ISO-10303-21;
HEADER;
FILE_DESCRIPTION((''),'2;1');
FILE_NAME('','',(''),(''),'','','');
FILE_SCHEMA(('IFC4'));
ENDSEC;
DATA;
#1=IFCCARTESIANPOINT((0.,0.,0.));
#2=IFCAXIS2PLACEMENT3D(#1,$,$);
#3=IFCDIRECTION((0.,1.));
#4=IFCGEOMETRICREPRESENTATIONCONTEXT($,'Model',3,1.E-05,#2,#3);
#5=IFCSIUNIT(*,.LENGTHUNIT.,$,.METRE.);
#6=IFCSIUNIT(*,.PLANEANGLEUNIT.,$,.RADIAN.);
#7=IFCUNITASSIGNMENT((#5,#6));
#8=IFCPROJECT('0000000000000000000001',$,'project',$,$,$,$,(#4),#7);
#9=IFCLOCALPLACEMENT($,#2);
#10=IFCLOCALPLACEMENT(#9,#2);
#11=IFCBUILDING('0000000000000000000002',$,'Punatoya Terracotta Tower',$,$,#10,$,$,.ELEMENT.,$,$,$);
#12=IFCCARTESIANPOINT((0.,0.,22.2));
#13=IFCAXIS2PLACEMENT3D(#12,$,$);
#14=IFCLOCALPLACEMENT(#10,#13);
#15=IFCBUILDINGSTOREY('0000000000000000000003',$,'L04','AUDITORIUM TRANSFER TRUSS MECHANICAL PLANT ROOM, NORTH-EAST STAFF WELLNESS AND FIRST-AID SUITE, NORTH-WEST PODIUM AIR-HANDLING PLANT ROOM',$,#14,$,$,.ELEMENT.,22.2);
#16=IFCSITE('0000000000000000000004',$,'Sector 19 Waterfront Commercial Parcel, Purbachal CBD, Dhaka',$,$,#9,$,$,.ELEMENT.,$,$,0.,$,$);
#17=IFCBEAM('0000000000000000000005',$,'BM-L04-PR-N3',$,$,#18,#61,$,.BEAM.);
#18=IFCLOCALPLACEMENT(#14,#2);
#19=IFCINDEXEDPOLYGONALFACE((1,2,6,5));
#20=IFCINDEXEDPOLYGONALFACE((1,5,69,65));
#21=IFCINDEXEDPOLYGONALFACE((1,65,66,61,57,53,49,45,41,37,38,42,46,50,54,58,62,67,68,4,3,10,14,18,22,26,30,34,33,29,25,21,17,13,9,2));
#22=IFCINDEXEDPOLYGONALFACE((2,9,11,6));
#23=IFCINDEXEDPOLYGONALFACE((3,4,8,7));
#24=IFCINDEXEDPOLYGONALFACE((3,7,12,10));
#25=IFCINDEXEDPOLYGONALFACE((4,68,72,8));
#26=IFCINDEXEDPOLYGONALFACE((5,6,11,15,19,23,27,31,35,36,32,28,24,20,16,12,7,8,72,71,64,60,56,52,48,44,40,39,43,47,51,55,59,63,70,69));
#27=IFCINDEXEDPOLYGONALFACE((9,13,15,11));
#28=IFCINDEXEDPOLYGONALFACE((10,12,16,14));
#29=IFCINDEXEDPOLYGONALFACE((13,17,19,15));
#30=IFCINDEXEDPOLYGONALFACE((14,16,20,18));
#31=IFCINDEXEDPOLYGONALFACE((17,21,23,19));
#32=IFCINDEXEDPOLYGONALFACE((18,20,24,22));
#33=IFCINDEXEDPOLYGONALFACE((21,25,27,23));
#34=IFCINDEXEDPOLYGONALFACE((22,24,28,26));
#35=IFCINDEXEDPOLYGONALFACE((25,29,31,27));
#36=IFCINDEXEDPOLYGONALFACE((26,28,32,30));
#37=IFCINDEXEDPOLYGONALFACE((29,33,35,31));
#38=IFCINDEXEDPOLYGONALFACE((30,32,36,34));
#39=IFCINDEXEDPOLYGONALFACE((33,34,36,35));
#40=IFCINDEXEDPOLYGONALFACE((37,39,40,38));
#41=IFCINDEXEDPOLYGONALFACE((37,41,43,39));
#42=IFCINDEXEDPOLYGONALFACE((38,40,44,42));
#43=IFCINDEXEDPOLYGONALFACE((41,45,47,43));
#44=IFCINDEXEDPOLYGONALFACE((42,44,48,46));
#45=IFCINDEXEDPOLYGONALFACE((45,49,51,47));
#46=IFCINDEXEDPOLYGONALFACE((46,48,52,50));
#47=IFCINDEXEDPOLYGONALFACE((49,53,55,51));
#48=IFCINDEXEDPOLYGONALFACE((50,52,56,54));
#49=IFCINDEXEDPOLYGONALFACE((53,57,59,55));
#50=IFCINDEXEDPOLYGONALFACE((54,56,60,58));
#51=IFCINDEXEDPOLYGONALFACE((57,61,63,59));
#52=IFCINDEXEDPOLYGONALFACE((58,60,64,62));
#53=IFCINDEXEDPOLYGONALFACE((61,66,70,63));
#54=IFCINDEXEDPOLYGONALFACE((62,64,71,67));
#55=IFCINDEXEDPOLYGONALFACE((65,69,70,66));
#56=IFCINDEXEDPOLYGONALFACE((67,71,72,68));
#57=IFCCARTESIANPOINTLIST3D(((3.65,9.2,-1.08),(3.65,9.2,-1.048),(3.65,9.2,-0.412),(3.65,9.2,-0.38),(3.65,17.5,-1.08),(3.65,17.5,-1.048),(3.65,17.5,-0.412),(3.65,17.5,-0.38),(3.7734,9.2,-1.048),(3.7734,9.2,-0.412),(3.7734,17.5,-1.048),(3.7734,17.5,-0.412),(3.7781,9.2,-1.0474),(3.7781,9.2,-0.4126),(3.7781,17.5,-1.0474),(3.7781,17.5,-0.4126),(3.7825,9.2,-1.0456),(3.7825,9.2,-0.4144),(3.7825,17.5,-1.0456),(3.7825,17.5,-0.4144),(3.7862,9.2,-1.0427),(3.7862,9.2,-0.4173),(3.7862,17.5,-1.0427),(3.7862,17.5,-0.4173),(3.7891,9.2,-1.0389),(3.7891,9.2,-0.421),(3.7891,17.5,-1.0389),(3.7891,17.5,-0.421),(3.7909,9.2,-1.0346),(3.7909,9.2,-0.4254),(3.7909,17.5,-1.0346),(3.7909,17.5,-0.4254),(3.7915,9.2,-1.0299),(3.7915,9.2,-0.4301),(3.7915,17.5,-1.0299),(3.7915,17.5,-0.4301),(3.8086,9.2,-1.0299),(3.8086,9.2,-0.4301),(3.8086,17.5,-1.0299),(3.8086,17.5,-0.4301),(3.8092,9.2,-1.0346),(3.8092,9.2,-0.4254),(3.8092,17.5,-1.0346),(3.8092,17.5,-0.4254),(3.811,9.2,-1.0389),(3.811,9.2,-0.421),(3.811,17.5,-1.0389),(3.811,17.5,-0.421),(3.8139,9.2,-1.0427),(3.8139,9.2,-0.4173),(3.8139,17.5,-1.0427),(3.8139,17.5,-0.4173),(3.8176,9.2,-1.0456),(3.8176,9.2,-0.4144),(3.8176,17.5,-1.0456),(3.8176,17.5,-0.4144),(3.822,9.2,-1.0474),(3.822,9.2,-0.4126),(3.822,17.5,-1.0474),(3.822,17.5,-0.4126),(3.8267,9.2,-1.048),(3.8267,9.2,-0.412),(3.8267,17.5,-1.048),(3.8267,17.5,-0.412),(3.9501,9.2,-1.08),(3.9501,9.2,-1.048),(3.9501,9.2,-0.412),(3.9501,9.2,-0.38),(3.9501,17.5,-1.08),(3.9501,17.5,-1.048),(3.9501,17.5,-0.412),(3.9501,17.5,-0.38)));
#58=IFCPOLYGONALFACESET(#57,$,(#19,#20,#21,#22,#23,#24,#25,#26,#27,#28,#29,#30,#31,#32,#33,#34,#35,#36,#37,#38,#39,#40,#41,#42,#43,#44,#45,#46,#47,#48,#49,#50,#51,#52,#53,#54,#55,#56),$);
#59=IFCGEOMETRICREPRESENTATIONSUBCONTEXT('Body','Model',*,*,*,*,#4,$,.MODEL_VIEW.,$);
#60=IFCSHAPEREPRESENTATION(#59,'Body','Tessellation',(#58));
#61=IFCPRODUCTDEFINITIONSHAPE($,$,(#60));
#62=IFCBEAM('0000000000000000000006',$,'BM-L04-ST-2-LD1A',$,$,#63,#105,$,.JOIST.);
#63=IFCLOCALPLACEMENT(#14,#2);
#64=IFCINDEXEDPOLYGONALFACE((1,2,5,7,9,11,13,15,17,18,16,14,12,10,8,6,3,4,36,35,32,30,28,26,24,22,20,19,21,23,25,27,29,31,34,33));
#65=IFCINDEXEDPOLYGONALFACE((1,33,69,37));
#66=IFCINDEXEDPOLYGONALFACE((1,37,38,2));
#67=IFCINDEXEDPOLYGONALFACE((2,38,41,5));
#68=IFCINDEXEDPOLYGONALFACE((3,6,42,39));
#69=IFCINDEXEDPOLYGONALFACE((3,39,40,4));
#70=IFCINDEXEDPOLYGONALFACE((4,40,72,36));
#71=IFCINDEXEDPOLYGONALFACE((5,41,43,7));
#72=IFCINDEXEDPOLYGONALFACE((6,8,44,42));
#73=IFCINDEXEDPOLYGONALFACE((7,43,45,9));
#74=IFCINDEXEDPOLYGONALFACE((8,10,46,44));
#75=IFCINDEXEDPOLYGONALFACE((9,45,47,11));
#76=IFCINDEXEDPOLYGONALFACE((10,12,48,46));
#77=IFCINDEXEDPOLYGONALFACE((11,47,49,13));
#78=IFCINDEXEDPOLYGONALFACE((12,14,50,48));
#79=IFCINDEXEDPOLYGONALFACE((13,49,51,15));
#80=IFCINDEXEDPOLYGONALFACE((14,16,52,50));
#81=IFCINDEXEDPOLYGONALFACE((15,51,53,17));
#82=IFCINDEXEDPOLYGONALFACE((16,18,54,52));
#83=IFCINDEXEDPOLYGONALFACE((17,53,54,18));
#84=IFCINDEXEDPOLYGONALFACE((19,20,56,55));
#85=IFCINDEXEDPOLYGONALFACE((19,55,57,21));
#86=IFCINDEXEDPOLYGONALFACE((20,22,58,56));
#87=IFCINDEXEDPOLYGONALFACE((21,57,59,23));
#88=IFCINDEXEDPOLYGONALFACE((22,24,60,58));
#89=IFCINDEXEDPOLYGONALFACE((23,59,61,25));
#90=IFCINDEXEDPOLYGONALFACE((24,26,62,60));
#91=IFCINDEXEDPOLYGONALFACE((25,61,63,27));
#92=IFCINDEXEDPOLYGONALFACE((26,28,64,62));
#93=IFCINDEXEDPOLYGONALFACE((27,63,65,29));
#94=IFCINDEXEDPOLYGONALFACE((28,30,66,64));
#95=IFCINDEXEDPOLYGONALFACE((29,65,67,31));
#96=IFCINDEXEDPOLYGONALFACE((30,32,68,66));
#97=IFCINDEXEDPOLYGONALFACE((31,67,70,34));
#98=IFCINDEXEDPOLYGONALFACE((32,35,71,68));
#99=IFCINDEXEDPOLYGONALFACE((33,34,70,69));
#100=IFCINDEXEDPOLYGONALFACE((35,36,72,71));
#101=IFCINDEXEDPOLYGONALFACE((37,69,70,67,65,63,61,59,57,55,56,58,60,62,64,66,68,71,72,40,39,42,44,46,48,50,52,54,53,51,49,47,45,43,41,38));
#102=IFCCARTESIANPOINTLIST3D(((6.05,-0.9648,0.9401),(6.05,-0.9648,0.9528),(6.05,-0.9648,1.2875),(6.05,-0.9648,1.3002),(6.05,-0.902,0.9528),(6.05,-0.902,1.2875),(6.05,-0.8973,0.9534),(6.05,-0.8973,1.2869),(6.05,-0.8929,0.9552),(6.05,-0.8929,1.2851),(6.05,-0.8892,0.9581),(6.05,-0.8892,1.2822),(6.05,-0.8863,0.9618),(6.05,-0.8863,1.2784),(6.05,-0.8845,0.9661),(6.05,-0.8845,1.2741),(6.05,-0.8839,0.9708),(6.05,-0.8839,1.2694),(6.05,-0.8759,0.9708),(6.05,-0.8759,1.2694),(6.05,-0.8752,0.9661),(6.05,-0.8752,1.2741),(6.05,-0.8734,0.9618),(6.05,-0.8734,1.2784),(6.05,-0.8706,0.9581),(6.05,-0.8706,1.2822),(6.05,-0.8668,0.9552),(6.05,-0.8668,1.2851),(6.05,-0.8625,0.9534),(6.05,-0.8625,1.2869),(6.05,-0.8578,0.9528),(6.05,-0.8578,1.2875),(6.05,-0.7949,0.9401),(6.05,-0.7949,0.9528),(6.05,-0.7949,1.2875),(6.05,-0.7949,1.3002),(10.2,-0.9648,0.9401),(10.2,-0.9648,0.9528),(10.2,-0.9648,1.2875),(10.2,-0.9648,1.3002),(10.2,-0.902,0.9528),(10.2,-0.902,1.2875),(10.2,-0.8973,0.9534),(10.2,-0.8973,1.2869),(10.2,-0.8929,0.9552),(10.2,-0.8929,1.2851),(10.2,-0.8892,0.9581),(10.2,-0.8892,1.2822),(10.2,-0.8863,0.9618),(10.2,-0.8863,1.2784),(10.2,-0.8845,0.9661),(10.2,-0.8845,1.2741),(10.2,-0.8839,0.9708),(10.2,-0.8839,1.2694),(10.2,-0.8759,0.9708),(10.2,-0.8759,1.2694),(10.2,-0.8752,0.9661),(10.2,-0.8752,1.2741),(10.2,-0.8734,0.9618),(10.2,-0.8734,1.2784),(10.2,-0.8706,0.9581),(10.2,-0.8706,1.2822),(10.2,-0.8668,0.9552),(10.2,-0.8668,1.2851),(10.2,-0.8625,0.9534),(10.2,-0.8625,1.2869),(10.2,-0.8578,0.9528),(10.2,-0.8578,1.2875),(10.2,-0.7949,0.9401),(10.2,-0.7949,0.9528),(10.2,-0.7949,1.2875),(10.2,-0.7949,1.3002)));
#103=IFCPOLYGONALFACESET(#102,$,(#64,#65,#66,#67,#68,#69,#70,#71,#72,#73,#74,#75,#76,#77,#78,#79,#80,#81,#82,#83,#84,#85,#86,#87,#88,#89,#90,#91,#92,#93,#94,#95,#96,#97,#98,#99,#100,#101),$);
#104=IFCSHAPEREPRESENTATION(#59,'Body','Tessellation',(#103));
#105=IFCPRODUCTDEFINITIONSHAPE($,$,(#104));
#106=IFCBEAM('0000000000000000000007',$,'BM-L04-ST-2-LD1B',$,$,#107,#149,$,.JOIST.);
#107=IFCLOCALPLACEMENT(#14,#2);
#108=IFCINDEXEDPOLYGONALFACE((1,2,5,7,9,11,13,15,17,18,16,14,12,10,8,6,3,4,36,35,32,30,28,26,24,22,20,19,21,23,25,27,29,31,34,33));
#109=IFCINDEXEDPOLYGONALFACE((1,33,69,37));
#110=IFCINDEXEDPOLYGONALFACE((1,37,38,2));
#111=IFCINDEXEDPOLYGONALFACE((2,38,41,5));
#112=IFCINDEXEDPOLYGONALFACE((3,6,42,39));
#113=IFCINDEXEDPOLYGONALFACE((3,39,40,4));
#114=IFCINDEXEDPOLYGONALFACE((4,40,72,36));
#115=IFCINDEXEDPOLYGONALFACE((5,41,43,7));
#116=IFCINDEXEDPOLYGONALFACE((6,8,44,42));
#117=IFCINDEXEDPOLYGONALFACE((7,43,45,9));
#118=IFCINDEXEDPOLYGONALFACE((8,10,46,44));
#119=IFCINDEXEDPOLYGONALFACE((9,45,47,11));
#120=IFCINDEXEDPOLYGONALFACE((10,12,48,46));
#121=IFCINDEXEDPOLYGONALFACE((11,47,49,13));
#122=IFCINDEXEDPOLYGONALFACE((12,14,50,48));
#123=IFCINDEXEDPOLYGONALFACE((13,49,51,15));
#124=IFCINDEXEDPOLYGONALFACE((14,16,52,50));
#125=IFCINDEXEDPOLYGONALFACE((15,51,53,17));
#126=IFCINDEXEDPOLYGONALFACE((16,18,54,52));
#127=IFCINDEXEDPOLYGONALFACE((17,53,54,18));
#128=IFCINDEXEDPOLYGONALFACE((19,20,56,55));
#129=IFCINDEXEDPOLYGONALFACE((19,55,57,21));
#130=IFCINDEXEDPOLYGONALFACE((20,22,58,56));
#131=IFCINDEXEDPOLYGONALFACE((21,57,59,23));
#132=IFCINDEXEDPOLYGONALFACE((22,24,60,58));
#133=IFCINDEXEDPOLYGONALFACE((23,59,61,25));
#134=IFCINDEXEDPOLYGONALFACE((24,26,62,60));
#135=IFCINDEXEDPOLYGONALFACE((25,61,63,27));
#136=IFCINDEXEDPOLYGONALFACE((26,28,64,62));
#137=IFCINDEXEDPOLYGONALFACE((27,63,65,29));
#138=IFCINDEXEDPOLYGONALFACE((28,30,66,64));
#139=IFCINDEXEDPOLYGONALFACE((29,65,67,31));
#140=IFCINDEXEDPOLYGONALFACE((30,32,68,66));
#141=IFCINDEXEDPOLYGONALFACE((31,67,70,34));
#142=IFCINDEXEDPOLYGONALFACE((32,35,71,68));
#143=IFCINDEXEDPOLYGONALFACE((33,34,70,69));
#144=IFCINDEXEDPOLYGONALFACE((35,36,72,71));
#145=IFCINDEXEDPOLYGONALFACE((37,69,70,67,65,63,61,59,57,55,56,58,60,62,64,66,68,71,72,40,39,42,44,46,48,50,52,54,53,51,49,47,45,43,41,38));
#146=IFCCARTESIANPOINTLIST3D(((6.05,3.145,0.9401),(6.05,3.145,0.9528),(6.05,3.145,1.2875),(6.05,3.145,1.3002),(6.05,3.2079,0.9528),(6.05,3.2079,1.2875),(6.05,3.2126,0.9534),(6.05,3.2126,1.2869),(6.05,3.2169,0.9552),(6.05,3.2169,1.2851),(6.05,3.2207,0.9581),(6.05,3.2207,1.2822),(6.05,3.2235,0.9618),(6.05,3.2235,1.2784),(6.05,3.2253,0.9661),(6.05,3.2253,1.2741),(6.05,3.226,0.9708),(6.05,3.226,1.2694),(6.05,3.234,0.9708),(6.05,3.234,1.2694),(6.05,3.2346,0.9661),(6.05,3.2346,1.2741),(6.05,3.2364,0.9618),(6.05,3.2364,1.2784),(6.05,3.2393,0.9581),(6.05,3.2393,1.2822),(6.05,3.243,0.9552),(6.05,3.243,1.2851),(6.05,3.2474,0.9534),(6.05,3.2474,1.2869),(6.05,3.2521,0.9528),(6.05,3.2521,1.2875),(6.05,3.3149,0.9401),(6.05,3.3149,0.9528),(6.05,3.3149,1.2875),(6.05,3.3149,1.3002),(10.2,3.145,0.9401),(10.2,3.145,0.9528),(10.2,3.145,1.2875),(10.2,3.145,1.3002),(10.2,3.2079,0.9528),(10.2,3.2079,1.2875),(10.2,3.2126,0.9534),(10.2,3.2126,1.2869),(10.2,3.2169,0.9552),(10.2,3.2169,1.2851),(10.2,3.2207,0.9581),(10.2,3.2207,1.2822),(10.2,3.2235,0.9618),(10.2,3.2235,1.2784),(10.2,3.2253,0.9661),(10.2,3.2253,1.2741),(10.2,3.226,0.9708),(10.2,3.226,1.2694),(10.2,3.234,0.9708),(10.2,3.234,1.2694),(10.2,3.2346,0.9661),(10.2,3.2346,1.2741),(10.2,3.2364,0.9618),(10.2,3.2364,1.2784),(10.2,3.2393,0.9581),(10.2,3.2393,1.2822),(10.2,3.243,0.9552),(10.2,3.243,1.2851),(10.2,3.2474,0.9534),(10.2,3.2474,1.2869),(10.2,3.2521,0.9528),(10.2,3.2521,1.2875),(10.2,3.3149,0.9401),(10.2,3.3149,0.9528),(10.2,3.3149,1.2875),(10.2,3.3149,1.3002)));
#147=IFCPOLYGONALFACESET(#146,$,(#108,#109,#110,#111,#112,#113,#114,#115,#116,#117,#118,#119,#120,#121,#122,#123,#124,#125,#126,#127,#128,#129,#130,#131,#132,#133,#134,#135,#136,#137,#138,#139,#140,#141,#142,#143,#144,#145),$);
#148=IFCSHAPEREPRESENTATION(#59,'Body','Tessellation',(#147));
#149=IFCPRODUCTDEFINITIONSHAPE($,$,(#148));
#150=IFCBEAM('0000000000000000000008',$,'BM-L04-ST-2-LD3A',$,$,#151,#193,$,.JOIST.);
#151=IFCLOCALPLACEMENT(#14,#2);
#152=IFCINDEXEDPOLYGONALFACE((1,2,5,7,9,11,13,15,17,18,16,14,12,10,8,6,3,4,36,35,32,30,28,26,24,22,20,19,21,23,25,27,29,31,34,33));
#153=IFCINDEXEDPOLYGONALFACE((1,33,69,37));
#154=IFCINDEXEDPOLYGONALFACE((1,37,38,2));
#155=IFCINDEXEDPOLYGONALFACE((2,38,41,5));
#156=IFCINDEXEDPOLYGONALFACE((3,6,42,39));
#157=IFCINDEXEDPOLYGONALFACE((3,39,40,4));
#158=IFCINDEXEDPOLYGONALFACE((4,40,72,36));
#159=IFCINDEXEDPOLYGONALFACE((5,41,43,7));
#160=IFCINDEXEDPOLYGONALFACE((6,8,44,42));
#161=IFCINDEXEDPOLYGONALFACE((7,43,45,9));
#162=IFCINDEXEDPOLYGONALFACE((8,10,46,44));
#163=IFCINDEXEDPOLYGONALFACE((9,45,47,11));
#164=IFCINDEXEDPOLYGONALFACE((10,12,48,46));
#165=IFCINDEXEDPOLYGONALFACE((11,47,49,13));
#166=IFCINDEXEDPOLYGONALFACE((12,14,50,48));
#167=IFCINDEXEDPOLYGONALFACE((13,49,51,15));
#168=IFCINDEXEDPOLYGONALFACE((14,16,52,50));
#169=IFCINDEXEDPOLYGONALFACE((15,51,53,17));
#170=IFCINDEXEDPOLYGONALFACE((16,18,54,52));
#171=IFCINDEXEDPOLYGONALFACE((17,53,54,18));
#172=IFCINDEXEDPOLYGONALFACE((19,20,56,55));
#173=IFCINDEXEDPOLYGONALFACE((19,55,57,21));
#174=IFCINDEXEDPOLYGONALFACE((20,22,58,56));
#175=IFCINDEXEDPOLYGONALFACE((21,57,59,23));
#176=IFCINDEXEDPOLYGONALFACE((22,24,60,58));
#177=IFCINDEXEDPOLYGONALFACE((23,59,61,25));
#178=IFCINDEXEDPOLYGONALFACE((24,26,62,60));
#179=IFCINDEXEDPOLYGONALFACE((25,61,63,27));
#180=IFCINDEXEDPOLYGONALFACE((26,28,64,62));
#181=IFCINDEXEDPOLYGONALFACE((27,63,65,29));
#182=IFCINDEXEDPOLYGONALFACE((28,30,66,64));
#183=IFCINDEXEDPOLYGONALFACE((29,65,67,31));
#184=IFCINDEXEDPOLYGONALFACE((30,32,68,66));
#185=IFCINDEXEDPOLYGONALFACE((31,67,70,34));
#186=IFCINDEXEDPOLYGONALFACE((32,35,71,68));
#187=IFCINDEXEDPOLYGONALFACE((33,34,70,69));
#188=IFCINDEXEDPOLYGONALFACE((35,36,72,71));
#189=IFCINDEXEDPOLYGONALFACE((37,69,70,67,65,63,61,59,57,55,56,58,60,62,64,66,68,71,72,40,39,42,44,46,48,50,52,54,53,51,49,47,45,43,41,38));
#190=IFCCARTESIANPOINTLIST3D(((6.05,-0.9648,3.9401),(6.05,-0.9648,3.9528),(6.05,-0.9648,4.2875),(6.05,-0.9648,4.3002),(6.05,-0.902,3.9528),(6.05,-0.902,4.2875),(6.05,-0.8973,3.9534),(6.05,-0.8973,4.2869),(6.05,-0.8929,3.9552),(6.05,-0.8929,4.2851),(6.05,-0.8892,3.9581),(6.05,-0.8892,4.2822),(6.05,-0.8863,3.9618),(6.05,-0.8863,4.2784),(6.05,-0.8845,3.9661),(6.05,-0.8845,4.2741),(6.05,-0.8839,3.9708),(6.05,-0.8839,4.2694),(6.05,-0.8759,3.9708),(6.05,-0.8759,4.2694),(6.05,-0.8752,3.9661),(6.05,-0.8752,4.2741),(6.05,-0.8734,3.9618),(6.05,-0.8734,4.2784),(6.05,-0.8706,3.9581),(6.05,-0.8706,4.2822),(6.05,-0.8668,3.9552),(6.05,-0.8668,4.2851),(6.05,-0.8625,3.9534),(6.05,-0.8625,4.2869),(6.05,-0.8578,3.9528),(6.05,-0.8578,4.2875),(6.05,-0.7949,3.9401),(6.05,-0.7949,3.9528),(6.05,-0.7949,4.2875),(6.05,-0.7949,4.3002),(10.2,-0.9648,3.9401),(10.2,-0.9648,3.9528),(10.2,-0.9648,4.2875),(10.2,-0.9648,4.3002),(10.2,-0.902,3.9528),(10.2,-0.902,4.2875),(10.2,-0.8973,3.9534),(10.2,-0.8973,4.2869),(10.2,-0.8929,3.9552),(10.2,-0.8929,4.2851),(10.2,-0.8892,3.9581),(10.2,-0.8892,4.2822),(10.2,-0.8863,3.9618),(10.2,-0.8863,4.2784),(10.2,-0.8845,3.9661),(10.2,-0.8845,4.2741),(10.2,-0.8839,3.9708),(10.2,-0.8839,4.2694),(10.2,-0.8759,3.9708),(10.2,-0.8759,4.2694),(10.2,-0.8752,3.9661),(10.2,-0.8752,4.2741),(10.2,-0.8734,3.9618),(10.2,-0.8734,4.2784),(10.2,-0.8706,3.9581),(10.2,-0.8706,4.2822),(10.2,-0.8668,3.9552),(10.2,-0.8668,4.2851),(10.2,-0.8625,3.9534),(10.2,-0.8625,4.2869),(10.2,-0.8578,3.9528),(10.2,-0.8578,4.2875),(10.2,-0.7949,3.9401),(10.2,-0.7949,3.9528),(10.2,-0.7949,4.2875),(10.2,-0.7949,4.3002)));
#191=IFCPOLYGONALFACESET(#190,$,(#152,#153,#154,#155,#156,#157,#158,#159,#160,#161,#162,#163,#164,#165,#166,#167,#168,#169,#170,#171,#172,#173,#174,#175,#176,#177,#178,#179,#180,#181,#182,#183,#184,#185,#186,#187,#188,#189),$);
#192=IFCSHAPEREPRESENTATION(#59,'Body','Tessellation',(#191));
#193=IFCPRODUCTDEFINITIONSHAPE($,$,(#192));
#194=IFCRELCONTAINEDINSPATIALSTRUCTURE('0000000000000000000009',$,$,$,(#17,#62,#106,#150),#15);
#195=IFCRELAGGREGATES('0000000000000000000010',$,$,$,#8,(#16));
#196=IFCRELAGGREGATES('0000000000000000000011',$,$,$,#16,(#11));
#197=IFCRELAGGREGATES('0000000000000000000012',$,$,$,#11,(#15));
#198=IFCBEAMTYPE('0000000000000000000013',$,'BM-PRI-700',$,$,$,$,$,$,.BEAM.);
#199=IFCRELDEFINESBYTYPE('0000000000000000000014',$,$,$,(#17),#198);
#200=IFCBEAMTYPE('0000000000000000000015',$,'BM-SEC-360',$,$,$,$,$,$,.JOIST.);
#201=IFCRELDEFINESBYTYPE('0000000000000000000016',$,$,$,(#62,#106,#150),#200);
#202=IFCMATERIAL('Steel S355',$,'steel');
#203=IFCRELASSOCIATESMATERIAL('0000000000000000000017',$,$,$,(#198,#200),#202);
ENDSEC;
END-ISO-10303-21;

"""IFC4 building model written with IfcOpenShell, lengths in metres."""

from ifc_helpers import new_model, si_unit, direction, frame, origin, origin_2d, place, context, subcontext, project, spatial, i_section, extrude, material, material_profile, profile_set, type_object, element, save


model = new_model("IFC4")

# Units and contexts
model_context = context("Model", 3, precision=1e-05, world=origin(), true_north=direction((0.0, 1.0)))
body_context = subcontext(model_context, "Body", "Model", "MODEL_VIEW")
ifc_project = project(units=[si_unit("LENGTHUNIT", "METRE"), si_unit("PLANEANGLEUNIT", "RADIAN")], contexts=[model_context])

# Site, building, storey
site_placement = place(None, origin())
site = spatial("IfcSite", under=ifc_project, at=site_placement, Name="Sector 19 Waterfront Commercial Parcel, Purbachal CBD, Dhaka", CompositionType="ELEMENT", RefElevation=0.0)
building_placement = place(site_placement, origin())
building = spatial("IfcBuilding", under=site, at=building_placement, Name="Punatoya Terracotta Tower", CompositionType="ELEMENT")
storey_placement = place(building_placement, frame((0.0, 0.0, 22.2)))
storey = spatial("IfcBuildingStorey", under=building, at=storey_placement, Name="L04", Description="AUDITORIUM TRANSFER TRUSS MECHANICAL PLANT ROOM, NORTH-EAST STAFF WELLNESS AND FIRST-AID SUITE, NORTH-WEST PODIUM AIR-HANDLING PLANT ROOM", CompositionType="ELEMENT", Elevation=22.2)

# Beams
ifc_material_1 = material(Name="Steel S355", Category="steel")
ifc_material_profile_1 = material_profile(ifc_material_1, i_section(OverallWidth=0.3, OverallDepth=0.7, WebThickness=0.0171, FlangeThickness=0.032, FilletRadius=0.0181, at=origin_2d()))
ifc_profile_set_1 = profile_set([ifc_material_profile_1], Name="Steel S355")
beam_type_1 = type_object("IfcBeamType", Name="BM-PRI-700", PredefinedType="BEAM", material=ifc_profile_set_1)
beam_placement = place(storey_placement, frame((3.8, 9.2, -0.73), z_axis=(0.0, 1.0, 0.0), x_axis=(-1.0, 0.0, 0.0)))
element("IfcBeam", 1, at=beam_placement, inside=storey, type_object=beam_type_1, Name="BM-L04-PR-N3", PredefinedType="BEAM", context=body_context, shape_type="SweptSolid", body=[
    extrude(i_section(OverallWidth=0.3, OverallDepth=0.7, WebThickness=0.0171, FlangeThickness=0.032, FilletRadius=0.0181, at=origin_2d()), origin(), (0.0, 0.0, 1.0), 8.3),
])
ifc_material_profile_2 = material_profile(ifc_material_1, i_section(OverallWidth=0.1699, OverallDepth=0.3601, WebThickness=0.0081, FlangeThickness=0.0127, FilletRadius=0.0181, at=origin_2d()))
ifc_profile_set_2 = profile_set([ifc_material_profile_2], Name="Steel S355")
beam_type_2 = type_object("IfcBeamType", Name="BM-SEC-360", PredefinedType="JOIST", material=ifc_profile_set_2)
for number, where, z_axis, x_axis, name in (
    (2, (6.05, -0.8799, 1.1201), (1.0, 0.0, 0.0), (0.0, 1.0, 0.0), "BM-L04-ST-2-LD1A"),
    (3, (6.05, 3.23, 1.1201), (1.0, 0.0, 0.0), (0.0, 1.0, 0.0), "BM-L04-ST-2-LD1B"),
    (4, (6.05, -0.8799, 4.1201), (1.0, 0.0, 0.0), (0.0, 1.0, 0.0), "BM-L04-ST-2-LD3A"),
):
    element("IfcBeam", number, at=place(storey_placement, frame(where, z_axis=z_axis, x_axis=x_axis)), inside=storey, type_object=beam_type_2, Name=name, PredefinedType="JOIST", context=body_context, shape_type="SweptSolid", body=[
        extrude(i_section(OverallWidth=0.1699, OverallDepth=0.3601, WebThickness=0.0081, FlangeThickness=0.0127, FilletRadius=0.0181, at=origin_2d()), origin(), (0.0, 0.0, 1.0), 4.1499),
    ])

save(model, "model.ifc")
